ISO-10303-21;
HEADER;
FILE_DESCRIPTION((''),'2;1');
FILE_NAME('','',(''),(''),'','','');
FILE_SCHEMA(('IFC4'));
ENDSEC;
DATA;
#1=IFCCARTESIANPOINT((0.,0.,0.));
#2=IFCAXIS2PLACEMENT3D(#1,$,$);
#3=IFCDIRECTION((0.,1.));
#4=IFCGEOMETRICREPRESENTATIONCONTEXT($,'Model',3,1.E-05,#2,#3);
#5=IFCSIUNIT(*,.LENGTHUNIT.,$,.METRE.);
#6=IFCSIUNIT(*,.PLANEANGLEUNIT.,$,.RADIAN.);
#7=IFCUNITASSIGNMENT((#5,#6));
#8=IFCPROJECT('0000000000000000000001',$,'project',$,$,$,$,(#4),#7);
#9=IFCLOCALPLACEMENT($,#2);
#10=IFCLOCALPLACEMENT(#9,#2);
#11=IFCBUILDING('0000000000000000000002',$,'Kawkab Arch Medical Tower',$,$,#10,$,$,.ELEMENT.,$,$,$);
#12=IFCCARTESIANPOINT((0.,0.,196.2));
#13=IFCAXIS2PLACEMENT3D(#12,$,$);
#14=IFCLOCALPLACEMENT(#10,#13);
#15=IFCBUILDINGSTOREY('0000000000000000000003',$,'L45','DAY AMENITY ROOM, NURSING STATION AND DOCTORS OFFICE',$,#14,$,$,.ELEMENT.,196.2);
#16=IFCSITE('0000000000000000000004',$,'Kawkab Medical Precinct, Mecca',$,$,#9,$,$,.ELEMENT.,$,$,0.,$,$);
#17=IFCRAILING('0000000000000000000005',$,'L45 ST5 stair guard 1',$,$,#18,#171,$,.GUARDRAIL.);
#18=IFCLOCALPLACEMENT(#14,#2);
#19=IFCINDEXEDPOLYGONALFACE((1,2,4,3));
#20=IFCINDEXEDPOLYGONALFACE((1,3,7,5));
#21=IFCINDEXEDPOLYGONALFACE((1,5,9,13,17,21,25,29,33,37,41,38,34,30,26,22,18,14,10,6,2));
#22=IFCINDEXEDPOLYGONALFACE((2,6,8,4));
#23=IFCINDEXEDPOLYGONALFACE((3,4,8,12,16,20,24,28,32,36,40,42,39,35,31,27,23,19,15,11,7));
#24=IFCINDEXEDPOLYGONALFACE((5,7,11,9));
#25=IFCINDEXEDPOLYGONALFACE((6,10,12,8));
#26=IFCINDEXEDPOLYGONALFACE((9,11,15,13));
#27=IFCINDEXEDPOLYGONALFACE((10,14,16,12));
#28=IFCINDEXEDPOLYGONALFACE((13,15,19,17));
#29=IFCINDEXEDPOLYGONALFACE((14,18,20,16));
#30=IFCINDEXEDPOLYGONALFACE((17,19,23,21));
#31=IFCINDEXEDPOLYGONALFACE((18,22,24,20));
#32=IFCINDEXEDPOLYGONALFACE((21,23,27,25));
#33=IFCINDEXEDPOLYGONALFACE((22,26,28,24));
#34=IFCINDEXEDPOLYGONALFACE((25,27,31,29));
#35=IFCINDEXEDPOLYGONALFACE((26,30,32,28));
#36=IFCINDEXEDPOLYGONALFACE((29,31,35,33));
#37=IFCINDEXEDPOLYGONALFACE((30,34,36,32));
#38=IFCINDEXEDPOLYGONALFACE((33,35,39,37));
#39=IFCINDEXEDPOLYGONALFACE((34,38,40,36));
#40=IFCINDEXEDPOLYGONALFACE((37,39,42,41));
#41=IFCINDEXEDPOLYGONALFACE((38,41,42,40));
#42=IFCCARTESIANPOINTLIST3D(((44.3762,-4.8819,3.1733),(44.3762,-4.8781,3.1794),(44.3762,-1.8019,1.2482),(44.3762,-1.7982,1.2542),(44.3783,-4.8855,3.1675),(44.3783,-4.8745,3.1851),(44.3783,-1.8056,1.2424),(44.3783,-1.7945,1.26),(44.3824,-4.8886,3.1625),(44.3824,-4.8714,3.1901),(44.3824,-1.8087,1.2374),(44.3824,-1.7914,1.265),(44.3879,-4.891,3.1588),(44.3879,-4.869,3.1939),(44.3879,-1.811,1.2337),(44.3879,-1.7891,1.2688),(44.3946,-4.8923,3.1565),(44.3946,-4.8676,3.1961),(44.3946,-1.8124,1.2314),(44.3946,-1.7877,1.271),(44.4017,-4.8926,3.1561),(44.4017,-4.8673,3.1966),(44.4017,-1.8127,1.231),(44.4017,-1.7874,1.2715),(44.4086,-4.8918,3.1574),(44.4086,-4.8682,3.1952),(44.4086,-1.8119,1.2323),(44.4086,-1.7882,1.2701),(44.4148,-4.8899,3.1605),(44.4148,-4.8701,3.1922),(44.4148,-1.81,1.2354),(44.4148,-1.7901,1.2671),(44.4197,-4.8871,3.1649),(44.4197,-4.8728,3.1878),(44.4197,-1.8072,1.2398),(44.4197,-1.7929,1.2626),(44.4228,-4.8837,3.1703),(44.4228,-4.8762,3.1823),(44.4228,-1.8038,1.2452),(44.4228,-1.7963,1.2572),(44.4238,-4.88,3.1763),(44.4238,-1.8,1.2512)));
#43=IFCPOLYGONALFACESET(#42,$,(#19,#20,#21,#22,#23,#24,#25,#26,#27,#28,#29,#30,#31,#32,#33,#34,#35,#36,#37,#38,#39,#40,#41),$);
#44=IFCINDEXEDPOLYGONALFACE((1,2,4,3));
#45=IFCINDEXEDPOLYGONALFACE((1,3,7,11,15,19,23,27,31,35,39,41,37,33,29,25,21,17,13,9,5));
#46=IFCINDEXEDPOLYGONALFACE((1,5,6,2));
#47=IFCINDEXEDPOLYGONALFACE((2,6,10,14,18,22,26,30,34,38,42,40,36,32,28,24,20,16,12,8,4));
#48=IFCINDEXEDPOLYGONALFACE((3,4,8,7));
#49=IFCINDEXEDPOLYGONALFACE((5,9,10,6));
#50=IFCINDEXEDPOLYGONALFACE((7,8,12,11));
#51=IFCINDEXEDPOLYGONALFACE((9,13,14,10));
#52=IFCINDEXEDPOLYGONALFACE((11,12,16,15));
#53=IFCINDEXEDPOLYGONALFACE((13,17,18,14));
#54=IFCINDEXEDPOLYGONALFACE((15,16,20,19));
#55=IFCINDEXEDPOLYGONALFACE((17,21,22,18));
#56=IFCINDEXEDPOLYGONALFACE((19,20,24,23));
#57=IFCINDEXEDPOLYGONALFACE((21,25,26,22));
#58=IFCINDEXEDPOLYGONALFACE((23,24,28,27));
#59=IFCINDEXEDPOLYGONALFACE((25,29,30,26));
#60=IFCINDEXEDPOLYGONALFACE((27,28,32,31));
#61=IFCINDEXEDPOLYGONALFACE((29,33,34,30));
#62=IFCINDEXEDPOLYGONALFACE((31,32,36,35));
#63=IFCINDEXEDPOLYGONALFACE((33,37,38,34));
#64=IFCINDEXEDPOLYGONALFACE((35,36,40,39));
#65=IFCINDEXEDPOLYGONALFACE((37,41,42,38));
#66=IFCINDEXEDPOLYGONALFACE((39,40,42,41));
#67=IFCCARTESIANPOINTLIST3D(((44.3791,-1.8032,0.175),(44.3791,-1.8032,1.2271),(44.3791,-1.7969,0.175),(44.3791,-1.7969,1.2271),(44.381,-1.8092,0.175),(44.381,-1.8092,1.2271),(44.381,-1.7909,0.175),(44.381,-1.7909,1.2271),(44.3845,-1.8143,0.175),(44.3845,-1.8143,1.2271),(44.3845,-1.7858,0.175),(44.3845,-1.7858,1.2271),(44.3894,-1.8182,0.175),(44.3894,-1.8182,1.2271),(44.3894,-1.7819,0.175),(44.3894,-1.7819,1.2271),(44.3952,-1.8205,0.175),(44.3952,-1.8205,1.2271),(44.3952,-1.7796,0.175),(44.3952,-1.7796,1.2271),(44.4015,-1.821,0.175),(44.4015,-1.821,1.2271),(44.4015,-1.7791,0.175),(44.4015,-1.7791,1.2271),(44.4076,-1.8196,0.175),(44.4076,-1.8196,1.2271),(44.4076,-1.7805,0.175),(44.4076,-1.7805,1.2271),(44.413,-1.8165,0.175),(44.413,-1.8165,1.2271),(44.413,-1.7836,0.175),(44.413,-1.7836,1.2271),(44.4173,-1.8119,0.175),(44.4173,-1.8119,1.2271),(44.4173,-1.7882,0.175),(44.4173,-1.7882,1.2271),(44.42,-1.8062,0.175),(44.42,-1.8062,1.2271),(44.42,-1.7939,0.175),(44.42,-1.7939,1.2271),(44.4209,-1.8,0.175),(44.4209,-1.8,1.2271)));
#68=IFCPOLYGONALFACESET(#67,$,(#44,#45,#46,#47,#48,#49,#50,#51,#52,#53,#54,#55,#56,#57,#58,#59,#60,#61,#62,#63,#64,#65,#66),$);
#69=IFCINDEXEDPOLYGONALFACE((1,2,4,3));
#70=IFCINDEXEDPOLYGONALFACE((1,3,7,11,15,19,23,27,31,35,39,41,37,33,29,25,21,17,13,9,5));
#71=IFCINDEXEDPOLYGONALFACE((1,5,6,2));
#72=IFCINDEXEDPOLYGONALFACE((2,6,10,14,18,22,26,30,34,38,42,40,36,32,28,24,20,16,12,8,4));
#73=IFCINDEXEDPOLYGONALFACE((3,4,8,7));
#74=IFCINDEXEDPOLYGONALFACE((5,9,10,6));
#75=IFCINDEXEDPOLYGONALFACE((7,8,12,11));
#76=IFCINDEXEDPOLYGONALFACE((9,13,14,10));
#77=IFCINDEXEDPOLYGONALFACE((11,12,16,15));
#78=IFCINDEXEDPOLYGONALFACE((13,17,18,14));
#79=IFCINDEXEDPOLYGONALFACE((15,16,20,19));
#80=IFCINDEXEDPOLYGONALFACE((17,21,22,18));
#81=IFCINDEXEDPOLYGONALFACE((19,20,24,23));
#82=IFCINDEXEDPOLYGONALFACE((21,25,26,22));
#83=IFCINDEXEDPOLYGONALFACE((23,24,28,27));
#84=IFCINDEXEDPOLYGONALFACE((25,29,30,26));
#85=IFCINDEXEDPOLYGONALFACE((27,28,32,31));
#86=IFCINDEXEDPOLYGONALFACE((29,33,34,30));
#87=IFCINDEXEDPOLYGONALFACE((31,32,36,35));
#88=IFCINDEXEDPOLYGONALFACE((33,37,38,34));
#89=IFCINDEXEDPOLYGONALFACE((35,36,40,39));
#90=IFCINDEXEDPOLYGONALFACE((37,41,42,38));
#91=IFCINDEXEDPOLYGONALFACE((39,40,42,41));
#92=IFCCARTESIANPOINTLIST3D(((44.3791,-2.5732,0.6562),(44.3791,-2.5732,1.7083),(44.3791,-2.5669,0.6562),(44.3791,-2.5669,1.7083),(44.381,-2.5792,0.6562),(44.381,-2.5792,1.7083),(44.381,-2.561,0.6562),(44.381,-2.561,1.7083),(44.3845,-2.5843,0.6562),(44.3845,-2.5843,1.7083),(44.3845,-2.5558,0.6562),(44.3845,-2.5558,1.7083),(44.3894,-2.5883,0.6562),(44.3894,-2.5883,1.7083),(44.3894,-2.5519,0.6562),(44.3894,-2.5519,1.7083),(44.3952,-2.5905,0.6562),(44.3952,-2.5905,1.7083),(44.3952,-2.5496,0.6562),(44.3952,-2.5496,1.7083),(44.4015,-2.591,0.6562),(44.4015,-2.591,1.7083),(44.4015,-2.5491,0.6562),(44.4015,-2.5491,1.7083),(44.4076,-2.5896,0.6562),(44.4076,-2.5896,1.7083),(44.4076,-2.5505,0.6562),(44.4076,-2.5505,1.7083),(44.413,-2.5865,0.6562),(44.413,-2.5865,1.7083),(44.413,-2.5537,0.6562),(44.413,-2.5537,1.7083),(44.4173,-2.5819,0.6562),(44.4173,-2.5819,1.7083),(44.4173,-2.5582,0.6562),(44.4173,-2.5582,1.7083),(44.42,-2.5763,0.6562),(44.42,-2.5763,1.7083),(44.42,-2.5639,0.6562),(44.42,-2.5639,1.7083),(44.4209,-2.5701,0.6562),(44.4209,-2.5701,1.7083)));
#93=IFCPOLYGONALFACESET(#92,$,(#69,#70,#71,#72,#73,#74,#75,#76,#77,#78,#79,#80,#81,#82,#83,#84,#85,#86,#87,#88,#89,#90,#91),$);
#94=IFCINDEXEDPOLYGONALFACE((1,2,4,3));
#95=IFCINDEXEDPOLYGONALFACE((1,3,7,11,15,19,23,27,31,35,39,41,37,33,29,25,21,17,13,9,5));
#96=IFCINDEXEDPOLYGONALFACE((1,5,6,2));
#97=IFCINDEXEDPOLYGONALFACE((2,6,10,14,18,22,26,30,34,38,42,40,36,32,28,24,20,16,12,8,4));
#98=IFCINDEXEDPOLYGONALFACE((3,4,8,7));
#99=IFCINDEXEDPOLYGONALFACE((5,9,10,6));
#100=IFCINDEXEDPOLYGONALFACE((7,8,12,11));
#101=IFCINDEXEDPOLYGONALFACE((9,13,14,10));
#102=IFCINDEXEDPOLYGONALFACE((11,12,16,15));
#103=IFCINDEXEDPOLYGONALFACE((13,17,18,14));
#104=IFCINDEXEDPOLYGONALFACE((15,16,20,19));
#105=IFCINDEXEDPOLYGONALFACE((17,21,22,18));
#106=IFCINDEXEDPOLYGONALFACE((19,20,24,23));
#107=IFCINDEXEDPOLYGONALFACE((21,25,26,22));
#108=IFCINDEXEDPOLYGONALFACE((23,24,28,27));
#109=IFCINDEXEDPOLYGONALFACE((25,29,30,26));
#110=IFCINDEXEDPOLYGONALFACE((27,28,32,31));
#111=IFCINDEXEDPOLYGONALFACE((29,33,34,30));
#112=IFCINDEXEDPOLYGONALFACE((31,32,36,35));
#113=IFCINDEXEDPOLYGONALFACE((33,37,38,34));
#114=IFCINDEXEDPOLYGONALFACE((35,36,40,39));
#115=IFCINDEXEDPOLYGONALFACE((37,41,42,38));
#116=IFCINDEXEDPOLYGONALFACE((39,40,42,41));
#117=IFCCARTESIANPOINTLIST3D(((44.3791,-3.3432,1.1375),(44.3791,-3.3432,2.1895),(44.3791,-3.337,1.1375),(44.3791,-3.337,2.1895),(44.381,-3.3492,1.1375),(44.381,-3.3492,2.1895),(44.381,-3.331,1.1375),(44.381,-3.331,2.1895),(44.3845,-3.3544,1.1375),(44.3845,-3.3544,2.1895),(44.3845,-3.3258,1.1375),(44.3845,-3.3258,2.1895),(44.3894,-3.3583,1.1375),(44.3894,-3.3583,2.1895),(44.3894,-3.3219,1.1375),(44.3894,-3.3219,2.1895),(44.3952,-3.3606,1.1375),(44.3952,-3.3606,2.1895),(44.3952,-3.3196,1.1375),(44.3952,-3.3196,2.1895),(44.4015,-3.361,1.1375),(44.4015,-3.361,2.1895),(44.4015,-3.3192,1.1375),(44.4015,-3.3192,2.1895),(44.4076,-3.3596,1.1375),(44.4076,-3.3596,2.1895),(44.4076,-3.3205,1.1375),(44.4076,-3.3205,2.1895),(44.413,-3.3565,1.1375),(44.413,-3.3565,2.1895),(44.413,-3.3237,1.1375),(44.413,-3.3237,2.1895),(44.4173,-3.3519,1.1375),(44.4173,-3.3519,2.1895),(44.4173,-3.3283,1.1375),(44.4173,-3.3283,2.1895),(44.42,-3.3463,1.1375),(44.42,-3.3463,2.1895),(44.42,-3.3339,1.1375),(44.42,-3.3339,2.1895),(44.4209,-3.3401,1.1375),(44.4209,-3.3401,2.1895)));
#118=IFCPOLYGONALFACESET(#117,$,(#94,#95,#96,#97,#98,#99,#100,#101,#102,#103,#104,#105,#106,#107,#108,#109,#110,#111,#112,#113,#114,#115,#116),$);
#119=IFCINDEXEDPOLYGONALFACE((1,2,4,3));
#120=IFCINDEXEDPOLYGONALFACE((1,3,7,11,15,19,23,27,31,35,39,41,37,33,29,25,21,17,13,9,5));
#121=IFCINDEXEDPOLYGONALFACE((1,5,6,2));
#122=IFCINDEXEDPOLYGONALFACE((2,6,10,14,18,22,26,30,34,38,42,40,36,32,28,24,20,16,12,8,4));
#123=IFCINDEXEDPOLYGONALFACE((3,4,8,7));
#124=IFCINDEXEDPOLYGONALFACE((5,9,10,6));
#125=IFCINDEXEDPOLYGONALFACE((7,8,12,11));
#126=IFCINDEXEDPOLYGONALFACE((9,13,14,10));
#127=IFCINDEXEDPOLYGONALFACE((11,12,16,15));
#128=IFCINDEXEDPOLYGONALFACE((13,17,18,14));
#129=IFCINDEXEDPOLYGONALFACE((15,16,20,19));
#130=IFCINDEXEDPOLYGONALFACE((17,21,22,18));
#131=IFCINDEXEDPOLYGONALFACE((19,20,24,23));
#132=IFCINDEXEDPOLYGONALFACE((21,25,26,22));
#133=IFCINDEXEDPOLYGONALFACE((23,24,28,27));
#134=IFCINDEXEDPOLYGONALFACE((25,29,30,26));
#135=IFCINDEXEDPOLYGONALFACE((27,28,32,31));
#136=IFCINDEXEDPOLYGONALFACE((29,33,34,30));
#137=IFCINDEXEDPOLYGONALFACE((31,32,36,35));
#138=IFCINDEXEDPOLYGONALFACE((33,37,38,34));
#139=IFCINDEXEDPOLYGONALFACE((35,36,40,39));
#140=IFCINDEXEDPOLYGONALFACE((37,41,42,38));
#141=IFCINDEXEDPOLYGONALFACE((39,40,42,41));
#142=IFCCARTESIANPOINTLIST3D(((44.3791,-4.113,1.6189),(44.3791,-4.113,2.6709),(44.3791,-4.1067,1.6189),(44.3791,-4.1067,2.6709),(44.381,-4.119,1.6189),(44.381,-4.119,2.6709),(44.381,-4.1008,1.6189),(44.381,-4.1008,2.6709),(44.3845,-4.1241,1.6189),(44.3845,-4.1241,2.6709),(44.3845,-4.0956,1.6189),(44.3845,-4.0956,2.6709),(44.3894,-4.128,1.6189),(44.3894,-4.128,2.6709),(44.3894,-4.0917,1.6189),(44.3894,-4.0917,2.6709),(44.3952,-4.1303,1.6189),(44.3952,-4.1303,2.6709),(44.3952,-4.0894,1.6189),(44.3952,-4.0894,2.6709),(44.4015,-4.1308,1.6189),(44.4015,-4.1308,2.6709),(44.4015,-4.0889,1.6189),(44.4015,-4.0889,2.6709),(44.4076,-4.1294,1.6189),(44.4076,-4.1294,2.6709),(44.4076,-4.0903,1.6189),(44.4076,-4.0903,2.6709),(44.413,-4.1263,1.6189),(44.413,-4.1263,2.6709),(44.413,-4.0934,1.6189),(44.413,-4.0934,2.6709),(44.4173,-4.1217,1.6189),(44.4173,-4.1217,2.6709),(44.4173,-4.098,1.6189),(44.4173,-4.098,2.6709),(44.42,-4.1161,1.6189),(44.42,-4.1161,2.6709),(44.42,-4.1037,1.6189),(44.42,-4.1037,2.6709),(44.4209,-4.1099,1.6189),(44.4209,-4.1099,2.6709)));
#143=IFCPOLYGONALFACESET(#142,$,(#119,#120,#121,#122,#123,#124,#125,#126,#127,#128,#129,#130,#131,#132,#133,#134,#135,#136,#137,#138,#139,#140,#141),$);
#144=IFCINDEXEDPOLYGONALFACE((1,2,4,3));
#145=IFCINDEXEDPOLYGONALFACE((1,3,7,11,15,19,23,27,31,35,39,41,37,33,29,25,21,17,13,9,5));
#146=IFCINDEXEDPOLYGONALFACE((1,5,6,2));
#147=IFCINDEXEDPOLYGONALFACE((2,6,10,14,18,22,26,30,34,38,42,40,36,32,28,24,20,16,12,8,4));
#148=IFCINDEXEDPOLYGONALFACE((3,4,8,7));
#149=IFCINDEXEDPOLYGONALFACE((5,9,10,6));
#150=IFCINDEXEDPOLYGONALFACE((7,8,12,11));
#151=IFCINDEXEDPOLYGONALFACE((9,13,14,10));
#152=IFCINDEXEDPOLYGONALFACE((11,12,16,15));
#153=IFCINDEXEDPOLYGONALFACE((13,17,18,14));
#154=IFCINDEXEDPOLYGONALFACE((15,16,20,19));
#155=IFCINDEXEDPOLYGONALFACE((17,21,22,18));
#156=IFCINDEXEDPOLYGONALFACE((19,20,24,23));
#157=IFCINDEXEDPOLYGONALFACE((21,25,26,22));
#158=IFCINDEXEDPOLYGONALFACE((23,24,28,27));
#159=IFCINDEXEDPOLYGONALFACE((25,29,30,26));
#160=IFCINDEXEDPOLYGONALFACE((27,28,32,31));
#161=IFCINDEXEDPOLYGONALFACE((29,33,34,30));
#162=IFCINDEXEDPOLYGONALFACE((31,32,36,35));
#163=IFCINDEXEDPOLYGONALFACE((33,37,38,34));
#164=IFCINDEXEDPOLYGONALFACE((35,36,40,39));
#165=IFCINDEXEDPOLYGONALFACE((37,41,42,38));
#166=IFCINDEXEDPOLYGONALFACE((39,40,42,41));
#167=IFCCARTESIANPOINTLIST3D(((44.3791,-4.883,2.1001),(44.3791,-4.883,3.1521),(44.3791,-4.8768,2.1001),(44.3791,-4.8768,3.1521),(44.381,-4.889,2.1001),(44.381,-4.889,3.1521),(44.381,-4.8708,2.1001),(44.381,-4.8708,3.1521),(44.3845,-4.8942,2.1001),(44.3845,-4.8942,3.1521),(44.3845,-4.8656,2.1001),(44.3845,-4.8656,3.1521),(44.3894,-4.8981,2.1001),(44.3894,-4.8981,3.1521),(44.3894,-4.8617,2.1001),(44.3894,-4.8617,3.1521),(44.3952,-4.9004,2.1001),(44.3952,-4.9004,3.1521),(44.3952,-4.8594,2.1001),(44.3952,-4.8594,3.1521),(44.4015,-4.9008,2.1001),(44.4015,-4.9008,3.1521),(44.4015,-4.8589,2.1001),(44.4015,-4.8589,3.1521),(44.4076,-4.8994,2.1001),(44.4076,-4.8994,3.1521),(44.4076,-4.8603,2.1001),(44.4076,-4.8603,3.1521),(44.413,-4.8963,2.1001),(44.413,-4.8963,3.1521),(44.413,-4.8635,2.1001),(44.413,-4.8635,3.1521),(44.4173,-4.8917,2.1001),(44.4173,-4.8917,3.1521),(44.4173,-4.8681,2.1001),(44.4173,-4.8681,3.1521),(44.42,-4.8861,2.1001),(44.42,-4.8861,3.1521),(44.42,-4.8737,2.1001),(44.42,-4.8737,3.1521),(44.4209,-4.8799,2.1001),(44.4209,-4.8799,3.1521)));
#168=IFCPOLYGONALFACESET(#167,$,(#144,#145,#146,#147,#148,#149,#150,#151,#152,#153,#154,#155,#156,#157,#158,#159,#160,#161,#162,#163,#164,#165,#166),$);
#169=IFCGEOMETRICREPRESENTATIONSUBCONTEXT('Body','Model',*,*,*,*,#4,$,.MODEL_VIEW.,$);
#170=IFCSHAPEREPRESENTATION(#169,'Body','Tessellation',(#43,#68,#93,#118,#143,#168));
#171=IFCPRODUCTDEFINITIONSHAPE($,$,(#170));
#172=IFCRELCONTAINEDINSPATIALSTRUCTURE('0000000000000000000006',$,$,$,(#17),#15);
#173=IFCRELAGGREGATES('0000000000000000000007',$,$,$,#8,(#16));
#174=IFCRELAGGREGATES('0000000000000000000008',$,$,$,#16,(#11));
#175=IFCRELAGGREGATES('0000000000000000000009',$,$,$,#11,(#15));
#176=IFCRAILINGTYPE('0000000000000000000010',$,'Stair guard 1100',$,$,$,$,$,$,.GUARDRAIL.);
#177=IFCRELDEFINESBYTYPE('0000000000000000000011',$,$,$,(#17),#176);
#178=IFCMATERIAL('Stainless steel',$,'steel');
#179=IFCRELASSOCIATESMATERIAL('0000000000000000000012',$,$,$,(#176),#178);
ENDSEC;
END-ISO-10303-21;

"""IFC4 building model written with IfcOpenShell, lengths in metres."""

from ifc_helpers import new_model, si_unit, direction, frame, origin, origin_2d, place, context, subcontext, project, spatial, circle, extrude, material, type_object, element, save


model = new_model("IFC4")

# Units and contexts
model_context = context("Model", 3, precision=1e-05, world=origin(), true_north=direction((0.0, 1.0)))
body_context = subcontext(model_context, "Body", "Model", "MODEL_VIEW")
ifc_project = project(units=[si_unit("LENGTHUNIT", "METRE"), si_unit("PLANEANGLEUNIT", "RADIAN")], contexts=[model_context])

# Site, building, storey
site_placement = place(None, origin())
site = spatial("IfcSite", under=ifc_project, at=site_placement, Name="Kawkab Medical Precinct, Mecca", CompositionType="ELEMENT", RefElevation=0.0)
building_placement = place(site_placement, origin())
building = spatial("IfcBuilding", under=site, at=building_placement, Name="Kawkab Arch Medical Tower", CompositionType="ELEMENT")
storey_placement = place(building_placement, frame((0.0, 0.0, 196.2)))
storey = spatial("IfcBuildingStorey", under=building, at=storey_placement, Name="L45", Description="DAY AMENITY ROOM, NURSING STATION AND DOCTORS OFFICE", CompositionType="ELEMENT", Elevation=196.2)

# Railing
ifc_material_1 = material(Name="Stainless steel", Category="steel")
railing_type = type_object("IfcRailingType", Name="Stair guard 1100", PredefinedType="GUARDRAIL", material=ifc_material_1)
railing_placement = place(storey_placement, frame((44.3999, -1.8, 0.175)))
element("IfcRailing", 1, at=railing_placement, inside=storey, type_object=railing_type, Name="L45 ST5 stair guard 1", PredefinedType="GUARDRAIL", context=body_context, shape_type="SweptSolid", body=[
    extrude(circle(Radius=0.0239, at=origin_2d()), frame((0.0, 0.0, 1.0762), z_axis=(0.0, -0.847979, 0.530029), x_axis=(1.0, 0.0, 0.0)), (0.0, 0.0, 1.0), 3.6321),
    extrude(circle(Radius=0.021, at=origin_2d()), origin(), (0.0, 0.0, 1.0), 1.052),
    extrude(circle(Radius=0.021, at=origin_2d()), frame((0.0, -0.77, 0.4812)), (0.0, 0.0, 1.0), 1.052),
    extrude(circle(Radius=0.021, at=origin_2d()), frame((0.0, -1.54, 0.9624)), (0.0, 0.0, 1.0), 1.052),
    extrude(circle(Radius=0.021, at=origin_2d()), frame((0.0, -2.3098, 1.4438)), (0.0, 0.0, 1.0), 1.052),
    extrude(circle(Radius=0.021, at=origin_2d()), frame((0.0, -3.0798, 1.925)), (0.0, 0.0, 1.0), 1.052),
])

save(model, "model.ifc")
